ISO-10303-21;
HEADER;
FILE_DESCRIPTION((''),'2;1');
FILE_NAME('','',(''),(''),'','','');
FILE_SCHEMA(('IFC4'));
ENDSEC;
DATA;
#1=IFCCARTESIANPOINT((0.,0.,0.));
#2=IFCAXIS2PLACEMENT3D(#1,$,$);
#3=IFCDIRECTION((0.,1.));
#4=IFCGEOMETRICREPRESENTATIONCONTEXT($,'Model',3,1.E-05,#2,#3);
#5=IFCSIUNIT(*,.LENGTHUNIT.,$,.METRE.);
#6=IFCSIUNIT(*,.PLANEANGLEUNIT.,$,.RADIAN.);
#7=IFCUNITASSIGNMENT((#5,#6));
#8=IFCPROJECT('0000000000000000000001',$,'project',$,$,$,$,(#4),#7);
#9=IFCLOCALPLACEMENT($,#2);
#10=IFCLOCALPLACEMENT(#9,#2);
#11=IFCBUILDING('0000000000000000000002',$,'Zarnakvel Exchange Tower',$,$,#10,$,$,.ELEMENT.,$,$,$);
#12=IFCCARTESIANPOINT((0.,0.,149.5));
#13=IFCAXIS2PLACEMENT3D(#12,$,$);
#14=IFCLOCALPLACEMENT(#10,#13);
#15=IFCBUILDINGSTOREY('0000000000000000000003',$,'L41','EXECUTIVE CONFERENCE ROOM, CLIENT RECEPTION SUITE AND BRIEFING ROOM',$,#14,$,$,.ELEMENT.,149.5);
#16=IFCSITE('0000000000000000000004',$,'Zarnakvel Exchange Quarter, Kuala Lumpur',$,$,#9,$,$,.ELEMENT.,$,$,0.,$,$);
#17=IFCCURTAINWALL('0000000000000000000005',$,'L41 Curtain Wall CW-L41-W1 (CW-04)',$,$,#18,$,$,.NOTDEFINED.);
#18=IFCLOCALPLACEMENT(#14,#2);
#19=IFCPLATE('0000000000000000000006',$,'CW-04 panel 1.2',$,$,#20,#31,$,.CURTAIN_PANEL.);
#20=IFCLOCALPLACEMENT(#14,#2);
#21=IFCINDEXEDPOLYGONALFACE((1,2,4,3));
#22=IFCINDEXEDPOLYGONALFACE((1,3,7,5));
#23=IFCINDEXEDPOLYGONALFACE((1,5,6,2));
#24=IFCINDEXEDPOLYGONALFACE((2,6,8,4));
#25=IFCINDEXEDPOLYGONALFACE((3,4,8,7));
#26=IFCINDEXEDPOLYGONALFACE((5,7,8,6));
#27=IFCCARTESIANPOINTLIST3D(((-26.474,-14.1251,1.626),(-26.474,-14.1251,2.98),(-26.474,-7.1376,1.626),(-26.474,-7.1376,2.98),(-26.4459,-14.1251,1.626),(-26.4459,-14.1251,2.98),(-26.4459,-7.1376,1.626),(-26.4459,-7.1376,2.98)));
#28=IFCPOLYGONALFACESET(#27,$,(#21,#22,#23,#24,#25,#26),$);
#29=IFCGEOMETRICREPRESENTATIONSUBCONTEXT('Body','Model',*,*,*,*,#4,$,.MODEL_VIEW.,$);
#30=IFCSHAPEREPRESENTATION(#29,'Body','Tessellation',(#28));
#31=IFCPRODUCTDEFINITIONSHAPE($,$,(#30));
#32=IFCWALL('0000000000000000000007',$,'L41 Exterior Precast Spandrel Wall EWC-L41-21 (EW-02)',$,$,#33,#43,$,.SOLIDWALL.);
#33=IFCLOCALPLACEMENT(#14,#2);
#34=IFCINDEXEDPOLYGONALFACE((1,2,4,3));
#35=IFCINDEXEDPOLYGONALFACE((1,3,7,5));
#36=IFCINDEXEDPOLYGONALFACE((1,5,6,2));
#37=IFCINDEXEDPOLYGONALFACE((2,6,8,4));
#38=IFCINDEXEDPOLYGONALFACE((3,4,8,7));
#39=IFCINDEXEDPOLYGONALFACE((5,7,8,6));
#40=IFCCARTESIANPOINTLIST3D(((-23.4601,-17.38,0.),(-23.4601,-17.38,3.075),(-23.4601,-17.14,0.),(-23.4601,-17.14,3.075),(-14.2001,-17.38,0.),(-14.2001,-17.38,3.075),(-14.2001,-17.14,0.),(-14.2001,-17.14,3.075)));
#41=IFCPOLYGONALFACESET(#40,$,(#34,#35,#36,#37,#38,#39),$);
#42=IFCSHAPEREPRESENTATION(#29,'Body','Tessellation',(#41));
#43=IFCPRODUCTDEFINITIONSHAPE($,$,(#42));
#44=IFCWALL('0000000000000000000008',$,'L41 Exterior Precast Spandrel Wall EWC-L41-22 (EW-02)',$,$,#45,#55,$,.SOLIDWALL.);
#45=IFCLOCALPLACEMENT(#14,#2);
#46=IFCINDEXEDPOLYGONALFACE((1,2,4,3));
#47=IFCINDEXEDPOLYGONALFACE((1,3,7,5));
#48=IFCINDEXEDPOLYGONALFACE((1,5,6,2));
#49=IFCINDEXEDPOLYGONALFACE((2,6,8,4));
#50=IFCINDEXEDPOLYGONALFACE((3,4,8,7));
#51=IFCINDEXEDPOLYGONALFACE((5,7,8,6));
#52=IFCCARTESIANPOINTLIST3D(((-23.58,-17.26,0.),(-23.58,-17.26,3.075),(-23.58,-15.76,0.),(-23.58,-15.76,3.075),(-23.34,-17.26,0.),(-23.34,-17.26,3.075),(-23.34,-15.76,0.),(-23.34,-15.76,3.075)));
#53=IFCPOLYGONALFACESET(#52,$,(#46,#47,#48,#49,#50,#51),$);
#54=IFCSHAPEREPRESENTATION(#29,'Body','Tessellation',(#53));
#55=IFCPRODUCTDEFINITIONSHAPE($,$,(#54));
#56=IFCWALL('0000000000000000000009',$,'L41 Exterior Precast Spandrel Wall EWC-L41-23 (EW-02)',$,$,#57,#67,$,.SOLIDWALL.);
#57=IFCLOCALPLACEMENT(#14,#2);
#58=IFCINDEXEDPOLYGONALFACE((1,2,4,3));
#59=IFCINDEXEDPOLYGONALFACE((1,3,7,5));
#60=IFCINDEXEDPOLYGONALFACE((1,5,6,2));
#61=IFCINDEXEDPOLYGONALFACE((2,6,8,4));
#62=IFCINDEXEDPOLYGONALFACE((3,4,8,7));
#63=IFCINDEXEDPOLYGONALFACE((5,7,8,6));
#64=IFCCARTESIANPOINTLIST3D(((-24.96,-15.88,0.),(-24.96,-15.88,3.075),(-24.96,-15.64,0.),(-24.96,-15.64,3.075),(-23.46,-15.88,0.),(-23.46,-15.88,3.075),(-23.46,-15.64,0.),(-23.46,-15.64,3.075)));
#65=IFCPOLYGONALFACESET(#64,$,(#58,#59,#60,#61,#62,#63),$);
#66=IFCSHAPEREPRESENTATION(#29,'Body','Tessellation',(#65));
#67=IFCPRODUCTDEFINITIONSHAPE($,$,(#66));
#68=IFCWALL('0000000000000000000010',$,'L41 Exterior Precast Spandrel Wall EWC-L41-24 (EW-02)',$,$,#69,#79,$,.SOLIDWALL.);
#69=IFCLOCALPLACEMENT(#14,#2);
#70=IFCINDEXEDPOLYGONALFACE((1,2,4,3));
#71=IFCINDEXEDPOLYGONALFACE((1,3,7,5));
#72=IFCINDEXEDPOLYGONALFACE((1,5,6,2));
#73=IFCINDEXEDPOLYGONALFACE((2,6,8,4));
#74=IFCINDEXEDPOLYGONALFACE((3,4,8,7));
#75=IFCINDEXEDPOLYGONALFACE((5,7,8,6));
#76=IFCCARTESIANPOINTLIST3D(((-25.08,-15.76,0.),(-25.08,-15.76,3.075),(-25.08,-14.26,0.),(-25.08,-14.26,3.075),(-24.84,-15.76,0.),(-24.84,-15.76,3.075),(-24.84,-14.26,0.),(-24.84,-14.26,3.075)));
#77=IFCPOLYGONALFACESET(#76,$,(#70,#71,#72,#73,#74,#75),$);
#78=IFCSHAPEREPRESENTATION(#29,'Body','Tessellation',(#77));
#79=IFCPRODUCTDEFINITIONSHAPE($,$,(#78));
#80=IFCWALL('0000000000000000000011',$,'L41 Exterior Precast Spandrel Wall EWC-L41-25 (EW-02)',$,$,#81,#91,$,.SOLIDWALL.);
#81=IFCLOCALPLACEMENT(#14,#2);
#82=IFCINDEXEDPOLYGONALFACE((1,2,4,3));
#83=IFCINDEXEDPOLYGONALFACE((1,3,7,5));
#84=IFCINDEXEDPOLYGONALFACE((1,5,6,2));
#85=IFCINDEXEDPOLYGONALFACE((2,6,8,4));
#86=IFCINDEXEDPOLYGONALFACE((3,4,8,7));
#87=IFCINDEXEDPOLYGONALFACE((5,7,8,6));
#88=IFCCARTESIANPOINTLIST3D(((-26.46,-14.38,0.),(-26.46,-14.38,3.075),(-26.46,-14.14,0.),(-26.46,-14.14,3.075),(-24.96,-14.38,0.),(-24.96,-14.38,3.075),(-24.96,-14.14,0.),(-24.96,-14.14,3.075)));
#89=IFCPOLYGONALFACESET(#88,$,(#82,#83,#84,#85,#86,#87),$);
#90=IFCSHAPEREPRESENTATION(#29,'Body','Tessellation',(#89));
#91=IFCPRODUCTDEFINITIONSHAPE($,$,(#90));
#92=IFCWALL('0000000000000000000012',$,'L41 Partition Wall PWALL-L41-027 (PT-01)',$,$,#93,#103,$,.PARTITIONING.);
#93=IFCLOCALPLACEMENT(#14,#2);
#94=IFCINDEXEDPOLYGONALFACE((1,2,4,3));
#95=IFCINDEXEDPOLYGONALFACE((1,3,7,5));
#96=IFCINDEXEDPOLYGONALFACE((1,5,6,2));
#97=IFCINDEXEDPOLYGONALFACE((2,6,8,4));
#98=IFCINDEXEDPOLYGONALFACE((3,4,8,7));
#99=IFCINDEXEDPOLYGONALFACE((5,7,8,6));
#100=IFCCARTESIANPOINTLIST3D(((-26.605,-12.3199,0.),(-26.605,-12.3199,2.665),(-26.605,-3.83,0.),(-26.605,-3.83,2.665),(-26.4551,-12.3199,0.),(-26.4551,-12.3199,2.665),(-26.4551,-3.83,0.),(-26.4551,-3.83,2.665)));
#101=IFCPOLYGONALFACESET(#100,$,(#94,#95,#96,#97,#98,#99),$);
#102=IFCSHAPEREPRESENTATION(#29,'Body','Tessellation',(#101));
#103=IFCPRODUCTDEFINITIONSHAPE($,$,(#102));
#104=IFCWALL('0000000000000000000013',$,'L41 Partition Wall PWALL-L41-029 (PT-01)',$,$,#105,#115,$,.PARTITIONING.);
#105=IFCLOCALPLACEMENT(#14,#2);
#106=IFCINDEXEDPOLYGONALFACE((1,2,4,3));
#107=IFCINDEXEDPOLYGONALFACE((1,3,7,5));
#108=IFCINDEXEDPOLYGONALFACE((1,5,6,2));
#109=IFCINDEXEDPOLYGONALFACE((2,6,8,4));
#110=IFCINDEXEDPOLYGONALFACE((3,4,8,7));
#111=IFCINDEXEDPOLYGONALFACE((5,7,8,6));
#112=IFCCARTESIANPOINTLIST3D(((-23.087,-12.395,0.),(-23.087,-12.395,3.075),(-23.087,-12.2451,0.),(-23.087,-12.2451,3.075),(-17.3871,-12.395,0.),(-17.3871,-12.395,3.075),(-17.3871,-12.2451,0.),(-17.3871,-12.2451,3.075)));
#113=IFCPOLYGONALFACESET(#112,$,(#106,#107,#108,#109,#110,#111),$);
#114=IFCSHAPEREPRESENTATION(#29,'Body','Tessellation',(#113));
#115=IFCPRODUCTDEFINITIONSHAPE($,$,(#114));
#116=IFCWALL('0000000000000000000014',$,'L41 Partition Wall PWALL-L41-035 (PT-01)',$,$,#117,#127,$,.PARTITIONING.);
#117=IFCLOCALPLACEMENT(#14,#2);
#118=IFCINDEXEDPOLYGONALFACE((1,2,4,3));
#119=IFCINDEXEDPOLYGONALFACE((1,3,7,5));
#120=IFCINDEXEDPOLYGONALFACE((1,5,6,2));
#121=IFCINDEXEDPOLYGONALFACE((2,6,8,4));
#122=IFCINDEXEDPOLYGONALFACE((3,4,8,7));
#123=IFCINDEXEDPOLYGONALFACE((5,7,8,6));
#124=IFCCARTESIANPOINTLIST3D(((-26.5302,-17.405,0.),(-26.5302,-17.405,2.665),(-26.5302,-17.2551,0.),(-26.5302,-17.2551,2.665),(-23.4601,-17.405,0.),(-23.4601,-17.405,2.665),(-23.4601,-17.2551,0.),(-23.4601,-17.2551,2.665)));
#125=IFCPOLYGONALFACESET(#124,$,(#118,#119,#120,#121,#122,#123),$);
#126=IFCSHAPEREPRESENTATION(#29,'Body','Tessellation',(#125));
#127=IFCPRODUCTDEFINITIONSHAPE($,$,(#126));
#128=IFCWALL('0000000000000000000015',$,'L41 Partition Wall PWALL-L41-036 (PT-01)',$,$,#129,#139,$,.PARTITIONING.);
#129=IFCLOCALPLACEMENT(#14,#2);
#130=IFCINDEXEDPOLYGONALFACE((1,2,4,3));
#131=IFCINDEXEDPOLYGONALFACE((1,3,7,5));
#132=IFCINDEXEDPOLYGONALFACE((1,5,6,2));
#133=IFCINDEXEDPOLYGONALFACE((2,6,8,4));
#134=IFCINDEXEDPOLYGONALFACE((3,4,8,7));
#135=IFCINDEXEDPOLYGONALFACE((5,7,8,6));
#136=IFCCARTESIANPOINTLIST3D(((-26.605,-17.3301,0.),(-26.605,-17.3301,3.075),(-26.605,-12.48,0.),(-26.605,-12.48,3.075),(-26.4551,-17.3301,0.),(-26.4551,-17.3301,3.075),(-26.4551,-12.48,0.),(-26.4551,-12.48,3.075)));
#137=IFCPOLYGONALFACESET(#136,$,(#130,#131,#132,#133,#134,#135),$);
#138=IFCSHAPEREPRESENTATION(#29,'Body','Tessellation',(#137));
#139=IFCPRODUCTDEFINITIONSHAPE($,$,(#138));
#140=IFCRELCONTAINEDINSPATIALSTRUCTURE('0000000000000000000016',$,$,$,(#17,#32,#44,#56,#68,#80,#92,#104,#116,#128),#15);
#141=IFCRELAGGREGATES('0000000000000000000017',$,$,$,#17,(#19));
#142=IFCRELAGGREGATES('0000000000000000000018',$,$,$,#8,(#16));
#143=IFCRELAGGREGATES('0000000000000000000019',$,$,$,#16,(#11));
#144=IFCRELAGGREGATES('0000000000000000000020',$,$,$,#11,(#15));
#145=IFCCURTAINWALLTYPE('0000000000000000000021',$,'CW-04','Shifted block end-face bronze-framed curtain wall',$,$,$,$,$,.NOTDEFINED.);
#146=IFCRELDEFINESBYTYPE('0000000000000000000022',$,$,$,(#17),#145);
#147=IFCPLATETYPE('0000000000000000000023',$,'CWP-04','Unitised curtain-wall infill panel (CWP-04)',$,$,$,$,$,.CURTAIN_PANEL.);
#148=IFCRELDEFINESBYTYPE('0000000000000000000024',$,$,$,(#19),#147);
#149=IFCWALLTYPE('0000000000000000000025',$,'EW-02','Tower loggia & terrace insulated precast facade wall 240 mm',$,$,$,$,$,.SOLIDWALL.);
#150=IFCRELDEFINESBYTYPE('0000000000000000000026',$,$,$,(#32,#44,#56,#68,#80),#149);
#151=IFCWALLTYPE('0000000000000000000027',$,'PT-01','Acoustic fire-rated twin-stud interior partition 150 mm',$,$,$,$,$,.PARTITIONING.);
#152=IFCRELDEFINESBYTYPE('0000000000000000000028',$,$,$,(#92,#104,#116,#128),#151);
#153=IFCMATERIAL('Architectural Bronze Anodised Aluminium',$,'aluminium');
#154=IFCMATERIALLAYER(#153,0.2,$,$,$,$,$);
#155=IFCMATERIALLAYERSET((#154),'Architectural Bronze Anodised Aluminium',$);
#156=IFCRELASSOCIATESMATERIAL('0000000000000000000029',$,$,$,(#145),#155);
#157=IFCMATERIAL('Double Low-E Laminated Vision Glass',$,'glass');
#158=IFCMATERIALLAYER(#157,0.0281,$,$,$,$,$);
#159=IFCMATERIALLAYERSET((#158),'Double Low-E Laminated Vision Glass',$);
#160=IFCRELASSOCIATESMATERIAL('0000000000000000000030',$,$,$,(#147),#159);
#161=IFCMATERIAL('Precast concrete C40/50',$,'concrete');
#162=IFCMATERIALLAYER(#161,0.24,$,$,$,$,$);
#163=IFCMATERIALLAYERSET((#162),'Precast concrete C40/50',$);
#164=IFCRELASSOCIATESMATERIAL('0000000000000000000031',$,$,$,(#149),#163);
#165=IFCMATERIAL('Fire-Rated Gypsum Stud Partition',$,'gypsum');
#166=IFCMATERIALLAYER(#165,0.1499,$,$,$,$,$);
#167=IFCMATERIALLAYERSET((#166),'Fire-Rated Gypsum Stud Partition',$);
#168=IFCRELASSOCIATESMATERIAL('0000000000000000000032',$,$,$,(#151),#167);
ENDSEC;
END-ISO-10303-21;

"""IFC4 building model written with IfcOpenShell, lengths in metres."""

from ifc_helpers import new_model, si_unit, direction, frame, frame_2d, origin, origin_2d, place, context, subcontext, project, spatial, rectangle, extrude, source, transform, mapped, material, layer, layer_set, type_object, element, aggregate, save


model = new_model("IFC4")

# Units and contexts
model_context = context("Model", 3, precision=1e-05, world=origin(), true_north=direction((0.0, 1.0)))
body_context = subcontext(model_context, "Body", "Model", "MODEL_VIEW")
ifc_project = project(units=[si_unit("LENGTHUNIT", "METRE"), si_unit("PLANEANGLEUNIT", "RADIAN")], contexts=[model_context])

# Site, building, storey
site_placement = place(None, origin())
site = spatial("IfcSite", under=ifc_project, at=site_placement, Name="Zarnakvel Exchange Quarter, Kuala Lumpur", CompositionType="ELEMENT", RefElevation=0.0)
building_placement = place(site_placement, origin())
building = spatial("IfcBuilding", under=site, at=building_placement, Name="Zarnakvel Exchange Tower", CompositionType="ELEMENT")
storey_placement = place(building_placement, frame((0.0, 0.0, 149.5)))
storey = spatial("IfcBuildingStorey", under=building, at=storey_placement, Name="L41", Description="EXECUTIVE CONFERENCE ROOM, CLIENT RECEPTION SUITE AND BRIEFING ROOM", CompositionType="ELEMENT", Elevation=149.5)

# Curtain wall, plate
ifc_material_1 = material(Name="Architectural Bronze Anodised Aluminium", Category="aluminium")
ifc_layer_1 = layer(ifc_material_1, 0.2)
ifc_layer_set_1 = layer_set([ifc_layer_1], Name="Architectural Bronze Anodised Aluminium")
curtain_wall_type = type_object("IfcCurtainWallType", Name="CW-04", Description="Shifted block end-face bronze-framed curtain wall", PredefinedType="NOTDEFINED", material=ifc_layer_set_1)
curtain_wall_placement = place(storey_placement, origin())
curtain_wall = element("IfcCurtainWall", 1, at=curtain_wall_placement, inside=storey, type_object=curtain_wall_type, Name="L41 Curtain Wall CW-L41-W1 (CW-04)", PredefinedType="NOTDEFINED")
ifc_material_2 = material(Name="Double Low-E Laminated Vision Glass", Category="glass")
ifc_layer_2 = layer(ifc_material_2, 0.0281)
ifc_layer_set_2 = layer_set([ifc_layer_2], Name="Double Low-E Laminated Vision Glass")
plate_type = type_object("IfcPlateType", Name="CWP-04", Description="Unitised curtain-wall infill panel (CWP-04)", PredefinedType="CURTAIN_PANEL", material=ifc_layer_set_2)
shared_shape_1 = source(origin(), body_context, "Body", "SweptSolid", [
    extrude(rectangle(XDim=6.9875, YDim=0.0281, at=origin_2d()), origin(), (0.0, 0.0, 1.0), 1.354),
])
plate_1_placement = place(storey_placement, frame((-26.46, -10.6313, 1.626), z_axis=(0.0, 0.0, 1.0), x_axis=(0.0, 1.0, 0.0)))
plate_1 = element("IfcPlate", 2, at=plate_1_placement, type_object=plate_type, Name="CW-04 panel 1.2", PredefinedType="CURTAIN_PANEL", context=body_context, shape_type="MappedRepresentation", body=[
    mapped(shared_shape_1, transform((0.0, 0.0, 0.0), x_axis=(1.0, 0.0, 0.0), y_axis=(0.0, 1.0, 0.0), z_axis=(0.0, 0.0, 1.0), scale=1.0)),
])
aggregate(curtain_wall, [plate_1])

# Walls
ifc_material_3 = material(Name="Precast concrete C40/50", Category="concrete")
ifc_layer_3 = layer(ifc_material_3, 0.24)
ifc_layer_set_3 = layer_set([ifc_layer_3], Name="Precast concrete C40/50")
wall_type_1 = type_object("IfcWallType", Name="EW-02", Description="Tower loggia & terrace insulated precast facade wall 240 mm", PredefinedType="SOLIDWALL", material=ifc_layer_set_3)
wall_1_placement = place(storey_placement, frame((-23.46, -17.26, 0.0), z_axis=(0.0, 0.0, 1.0), x_axis=(1.0, 0.0, 0.0)))
element("IfcWall", 3, at=wall_1_placement, inside=storey, type_object=wall_type_1, Name="L41 Exterior Precast Spandrel Wall EWC-L41-21 (EW-02)", PredefinedType="SOLIDWALL", context=body_context, shape_type="SweptSolid", body=[
    extrude(rectangle(XDim=9.26, YDim=0.24, at=frame_2d((4.6299, 0.0))), origin(), (0.0, 0.0, 1.0), 3.075),
])
for number, where, z_axis, x_axis, name in (
    (4, (-23.46, -15.76, 0.0), (0.0, 0.0, 1.0), (0.0, -1.0, 0.0), "L41 Exterior Precast Spandrel Wall EWC-L41-22 (EW-02)"),
    (5, (-24.96, -15.76, 0.0), (0.0, 0.0, 1.0), (1.0, 0.0, 0.0), "L41 Exterior Precast Spandrel Wall EWC-L41-23 (EW-02)"),
    (6, (-24.96, -14.26, 0.0), (0.0, 0.0, 1.0), (0.0, -1.0, 0.0), "L41 Exterior Precast Spandrel Wall EWC-L41-24 (EW-02)"),
    (7, (-26.46, -14.26, 0.0), (0.0, 0.0, 1.0), (1.0, 0.0, 0.0), "L41 Exterior Precast Spandrel Wall EWC-L41-25 (EW-02)"),
):
    element("IfcWall", number, at=place(storey_placement, frame(where, z_axis=z_axis, x_axis=x_axis)), inside=storey, type_object=wall_type_1, Name=name, PredefinedType="SOLIDWALL", context=body_context, shape_type="SweptSolid", body=[
        extrude(rectangle(XDim=1.5, YDim=0.24, at=frame_2d((0.75, 0.0))), origin(), (0.0, 0.0, 1.0), 3.075),
    ])

# Shared definitions
ifc_material_4 = material(Name="Fire-Rated Gypsum Stud Partition", Category="gypsum")
ifc_layer_4 = layer(ifc_material_4, 0.1499)
ifc_layer_set_4 = layer_set([ifc_layer_4], Name="Fire-Rated Gypsum Stud Partition")
wall_type_2 = type_object("IfcWallType", Name="PT-01", Description="Acoustic fire-rated twin-stud interior partition 150 mm", PredefinedType="PARTITIONING", material=ifc_layer_set_4)

# Walls
wall_2_placement = place(storey_placement, frame((-26.53, -12.3201, 0.0), z_axis=(0.0, 0.0, 1.0), x_axis=(0.0, 1.0, 0.0)))
element("IfcWall", 8, at=wall_2_placement, inside=storey, type_object=wall_type_2, Name="L41 Partition Wall PWALL-L41-027 (PT-01)", PredefinedType="PARTITIONING", context=body_context, shape_type="SweptSolid", body=[
    extrude(rectangle(XDim=8.49, YDim=0.1499, at=frame_2d((4.2451, 0.0))), origin(), (0.0, 0.0, 1.0), 2.665),
])
wall_3_placement = place(storey_placement, frame((-17.387, -12.3201, 0.0), z_axis=(0.0, 0.0, 1.0), x_axis=(-1.0, 0.0, 0.0)))
element("IfcWall", 9, at=wall_3_placement, inside=storey, type_object=wall_type_2, Name="L41 Partition Wall PWALL-L41-029 (PT-01)", PredefinedType="PARTITIONING", context=body_context, shape_type="SweptSolid", body=[
    extrude(rectangle(XDim=5.7, YDim=0.1499, at=frame_2d((2.8501, 0.0))), origin(), (0.0, 0.0, 1.0), 3.075),
])
wall_4_placement = place(storey_placement, frame((-23.46, -17.3301, 0.0), z_axis=(0.0, 0.0, 1.0), x_axis=(-1.0, 0.0, 0.0)))
element("IfcWall", 10, at=wall_4_placement, inside=storey, type_object=wall_type_2, Name="L41 Partition Wall PWALL-L41-035 (PT-01)", PredefinedType="PARTITIONING", context=body_context, shape_type="SweptSolid", body=[
    extrude(rectangle(XDim=3.0701, YDim=0.1499, at=frame_2d((1.5352, 0.0))), origin(), (0.0, 0.0, 1.0), 2.665),
])
wall_5_placement = place(storey_placement, frame((-26.53, -17.3301, 0.0), z_axis=(0.0, 0.0, 1.0), x_axis=(0.0, 1.0, 0.0)))
element("IfcWall", 11, at=wall_5_placement, inside=storey, type_object=wall_type_2, Name="L41 Partition Wall PWALL-L41-036 (PT-01)", PredefinedType="PARTITIONING", context=body_context, shape_type="SweptSolid", body=[
    extrude(rectangle(XDim=4.8501, YDim=0.1499, at=frame_2d((2.425, 0.0))), origin(), (0.0, 0.0, 1.0), 3.075),
])

save(model, "model.ifc")
